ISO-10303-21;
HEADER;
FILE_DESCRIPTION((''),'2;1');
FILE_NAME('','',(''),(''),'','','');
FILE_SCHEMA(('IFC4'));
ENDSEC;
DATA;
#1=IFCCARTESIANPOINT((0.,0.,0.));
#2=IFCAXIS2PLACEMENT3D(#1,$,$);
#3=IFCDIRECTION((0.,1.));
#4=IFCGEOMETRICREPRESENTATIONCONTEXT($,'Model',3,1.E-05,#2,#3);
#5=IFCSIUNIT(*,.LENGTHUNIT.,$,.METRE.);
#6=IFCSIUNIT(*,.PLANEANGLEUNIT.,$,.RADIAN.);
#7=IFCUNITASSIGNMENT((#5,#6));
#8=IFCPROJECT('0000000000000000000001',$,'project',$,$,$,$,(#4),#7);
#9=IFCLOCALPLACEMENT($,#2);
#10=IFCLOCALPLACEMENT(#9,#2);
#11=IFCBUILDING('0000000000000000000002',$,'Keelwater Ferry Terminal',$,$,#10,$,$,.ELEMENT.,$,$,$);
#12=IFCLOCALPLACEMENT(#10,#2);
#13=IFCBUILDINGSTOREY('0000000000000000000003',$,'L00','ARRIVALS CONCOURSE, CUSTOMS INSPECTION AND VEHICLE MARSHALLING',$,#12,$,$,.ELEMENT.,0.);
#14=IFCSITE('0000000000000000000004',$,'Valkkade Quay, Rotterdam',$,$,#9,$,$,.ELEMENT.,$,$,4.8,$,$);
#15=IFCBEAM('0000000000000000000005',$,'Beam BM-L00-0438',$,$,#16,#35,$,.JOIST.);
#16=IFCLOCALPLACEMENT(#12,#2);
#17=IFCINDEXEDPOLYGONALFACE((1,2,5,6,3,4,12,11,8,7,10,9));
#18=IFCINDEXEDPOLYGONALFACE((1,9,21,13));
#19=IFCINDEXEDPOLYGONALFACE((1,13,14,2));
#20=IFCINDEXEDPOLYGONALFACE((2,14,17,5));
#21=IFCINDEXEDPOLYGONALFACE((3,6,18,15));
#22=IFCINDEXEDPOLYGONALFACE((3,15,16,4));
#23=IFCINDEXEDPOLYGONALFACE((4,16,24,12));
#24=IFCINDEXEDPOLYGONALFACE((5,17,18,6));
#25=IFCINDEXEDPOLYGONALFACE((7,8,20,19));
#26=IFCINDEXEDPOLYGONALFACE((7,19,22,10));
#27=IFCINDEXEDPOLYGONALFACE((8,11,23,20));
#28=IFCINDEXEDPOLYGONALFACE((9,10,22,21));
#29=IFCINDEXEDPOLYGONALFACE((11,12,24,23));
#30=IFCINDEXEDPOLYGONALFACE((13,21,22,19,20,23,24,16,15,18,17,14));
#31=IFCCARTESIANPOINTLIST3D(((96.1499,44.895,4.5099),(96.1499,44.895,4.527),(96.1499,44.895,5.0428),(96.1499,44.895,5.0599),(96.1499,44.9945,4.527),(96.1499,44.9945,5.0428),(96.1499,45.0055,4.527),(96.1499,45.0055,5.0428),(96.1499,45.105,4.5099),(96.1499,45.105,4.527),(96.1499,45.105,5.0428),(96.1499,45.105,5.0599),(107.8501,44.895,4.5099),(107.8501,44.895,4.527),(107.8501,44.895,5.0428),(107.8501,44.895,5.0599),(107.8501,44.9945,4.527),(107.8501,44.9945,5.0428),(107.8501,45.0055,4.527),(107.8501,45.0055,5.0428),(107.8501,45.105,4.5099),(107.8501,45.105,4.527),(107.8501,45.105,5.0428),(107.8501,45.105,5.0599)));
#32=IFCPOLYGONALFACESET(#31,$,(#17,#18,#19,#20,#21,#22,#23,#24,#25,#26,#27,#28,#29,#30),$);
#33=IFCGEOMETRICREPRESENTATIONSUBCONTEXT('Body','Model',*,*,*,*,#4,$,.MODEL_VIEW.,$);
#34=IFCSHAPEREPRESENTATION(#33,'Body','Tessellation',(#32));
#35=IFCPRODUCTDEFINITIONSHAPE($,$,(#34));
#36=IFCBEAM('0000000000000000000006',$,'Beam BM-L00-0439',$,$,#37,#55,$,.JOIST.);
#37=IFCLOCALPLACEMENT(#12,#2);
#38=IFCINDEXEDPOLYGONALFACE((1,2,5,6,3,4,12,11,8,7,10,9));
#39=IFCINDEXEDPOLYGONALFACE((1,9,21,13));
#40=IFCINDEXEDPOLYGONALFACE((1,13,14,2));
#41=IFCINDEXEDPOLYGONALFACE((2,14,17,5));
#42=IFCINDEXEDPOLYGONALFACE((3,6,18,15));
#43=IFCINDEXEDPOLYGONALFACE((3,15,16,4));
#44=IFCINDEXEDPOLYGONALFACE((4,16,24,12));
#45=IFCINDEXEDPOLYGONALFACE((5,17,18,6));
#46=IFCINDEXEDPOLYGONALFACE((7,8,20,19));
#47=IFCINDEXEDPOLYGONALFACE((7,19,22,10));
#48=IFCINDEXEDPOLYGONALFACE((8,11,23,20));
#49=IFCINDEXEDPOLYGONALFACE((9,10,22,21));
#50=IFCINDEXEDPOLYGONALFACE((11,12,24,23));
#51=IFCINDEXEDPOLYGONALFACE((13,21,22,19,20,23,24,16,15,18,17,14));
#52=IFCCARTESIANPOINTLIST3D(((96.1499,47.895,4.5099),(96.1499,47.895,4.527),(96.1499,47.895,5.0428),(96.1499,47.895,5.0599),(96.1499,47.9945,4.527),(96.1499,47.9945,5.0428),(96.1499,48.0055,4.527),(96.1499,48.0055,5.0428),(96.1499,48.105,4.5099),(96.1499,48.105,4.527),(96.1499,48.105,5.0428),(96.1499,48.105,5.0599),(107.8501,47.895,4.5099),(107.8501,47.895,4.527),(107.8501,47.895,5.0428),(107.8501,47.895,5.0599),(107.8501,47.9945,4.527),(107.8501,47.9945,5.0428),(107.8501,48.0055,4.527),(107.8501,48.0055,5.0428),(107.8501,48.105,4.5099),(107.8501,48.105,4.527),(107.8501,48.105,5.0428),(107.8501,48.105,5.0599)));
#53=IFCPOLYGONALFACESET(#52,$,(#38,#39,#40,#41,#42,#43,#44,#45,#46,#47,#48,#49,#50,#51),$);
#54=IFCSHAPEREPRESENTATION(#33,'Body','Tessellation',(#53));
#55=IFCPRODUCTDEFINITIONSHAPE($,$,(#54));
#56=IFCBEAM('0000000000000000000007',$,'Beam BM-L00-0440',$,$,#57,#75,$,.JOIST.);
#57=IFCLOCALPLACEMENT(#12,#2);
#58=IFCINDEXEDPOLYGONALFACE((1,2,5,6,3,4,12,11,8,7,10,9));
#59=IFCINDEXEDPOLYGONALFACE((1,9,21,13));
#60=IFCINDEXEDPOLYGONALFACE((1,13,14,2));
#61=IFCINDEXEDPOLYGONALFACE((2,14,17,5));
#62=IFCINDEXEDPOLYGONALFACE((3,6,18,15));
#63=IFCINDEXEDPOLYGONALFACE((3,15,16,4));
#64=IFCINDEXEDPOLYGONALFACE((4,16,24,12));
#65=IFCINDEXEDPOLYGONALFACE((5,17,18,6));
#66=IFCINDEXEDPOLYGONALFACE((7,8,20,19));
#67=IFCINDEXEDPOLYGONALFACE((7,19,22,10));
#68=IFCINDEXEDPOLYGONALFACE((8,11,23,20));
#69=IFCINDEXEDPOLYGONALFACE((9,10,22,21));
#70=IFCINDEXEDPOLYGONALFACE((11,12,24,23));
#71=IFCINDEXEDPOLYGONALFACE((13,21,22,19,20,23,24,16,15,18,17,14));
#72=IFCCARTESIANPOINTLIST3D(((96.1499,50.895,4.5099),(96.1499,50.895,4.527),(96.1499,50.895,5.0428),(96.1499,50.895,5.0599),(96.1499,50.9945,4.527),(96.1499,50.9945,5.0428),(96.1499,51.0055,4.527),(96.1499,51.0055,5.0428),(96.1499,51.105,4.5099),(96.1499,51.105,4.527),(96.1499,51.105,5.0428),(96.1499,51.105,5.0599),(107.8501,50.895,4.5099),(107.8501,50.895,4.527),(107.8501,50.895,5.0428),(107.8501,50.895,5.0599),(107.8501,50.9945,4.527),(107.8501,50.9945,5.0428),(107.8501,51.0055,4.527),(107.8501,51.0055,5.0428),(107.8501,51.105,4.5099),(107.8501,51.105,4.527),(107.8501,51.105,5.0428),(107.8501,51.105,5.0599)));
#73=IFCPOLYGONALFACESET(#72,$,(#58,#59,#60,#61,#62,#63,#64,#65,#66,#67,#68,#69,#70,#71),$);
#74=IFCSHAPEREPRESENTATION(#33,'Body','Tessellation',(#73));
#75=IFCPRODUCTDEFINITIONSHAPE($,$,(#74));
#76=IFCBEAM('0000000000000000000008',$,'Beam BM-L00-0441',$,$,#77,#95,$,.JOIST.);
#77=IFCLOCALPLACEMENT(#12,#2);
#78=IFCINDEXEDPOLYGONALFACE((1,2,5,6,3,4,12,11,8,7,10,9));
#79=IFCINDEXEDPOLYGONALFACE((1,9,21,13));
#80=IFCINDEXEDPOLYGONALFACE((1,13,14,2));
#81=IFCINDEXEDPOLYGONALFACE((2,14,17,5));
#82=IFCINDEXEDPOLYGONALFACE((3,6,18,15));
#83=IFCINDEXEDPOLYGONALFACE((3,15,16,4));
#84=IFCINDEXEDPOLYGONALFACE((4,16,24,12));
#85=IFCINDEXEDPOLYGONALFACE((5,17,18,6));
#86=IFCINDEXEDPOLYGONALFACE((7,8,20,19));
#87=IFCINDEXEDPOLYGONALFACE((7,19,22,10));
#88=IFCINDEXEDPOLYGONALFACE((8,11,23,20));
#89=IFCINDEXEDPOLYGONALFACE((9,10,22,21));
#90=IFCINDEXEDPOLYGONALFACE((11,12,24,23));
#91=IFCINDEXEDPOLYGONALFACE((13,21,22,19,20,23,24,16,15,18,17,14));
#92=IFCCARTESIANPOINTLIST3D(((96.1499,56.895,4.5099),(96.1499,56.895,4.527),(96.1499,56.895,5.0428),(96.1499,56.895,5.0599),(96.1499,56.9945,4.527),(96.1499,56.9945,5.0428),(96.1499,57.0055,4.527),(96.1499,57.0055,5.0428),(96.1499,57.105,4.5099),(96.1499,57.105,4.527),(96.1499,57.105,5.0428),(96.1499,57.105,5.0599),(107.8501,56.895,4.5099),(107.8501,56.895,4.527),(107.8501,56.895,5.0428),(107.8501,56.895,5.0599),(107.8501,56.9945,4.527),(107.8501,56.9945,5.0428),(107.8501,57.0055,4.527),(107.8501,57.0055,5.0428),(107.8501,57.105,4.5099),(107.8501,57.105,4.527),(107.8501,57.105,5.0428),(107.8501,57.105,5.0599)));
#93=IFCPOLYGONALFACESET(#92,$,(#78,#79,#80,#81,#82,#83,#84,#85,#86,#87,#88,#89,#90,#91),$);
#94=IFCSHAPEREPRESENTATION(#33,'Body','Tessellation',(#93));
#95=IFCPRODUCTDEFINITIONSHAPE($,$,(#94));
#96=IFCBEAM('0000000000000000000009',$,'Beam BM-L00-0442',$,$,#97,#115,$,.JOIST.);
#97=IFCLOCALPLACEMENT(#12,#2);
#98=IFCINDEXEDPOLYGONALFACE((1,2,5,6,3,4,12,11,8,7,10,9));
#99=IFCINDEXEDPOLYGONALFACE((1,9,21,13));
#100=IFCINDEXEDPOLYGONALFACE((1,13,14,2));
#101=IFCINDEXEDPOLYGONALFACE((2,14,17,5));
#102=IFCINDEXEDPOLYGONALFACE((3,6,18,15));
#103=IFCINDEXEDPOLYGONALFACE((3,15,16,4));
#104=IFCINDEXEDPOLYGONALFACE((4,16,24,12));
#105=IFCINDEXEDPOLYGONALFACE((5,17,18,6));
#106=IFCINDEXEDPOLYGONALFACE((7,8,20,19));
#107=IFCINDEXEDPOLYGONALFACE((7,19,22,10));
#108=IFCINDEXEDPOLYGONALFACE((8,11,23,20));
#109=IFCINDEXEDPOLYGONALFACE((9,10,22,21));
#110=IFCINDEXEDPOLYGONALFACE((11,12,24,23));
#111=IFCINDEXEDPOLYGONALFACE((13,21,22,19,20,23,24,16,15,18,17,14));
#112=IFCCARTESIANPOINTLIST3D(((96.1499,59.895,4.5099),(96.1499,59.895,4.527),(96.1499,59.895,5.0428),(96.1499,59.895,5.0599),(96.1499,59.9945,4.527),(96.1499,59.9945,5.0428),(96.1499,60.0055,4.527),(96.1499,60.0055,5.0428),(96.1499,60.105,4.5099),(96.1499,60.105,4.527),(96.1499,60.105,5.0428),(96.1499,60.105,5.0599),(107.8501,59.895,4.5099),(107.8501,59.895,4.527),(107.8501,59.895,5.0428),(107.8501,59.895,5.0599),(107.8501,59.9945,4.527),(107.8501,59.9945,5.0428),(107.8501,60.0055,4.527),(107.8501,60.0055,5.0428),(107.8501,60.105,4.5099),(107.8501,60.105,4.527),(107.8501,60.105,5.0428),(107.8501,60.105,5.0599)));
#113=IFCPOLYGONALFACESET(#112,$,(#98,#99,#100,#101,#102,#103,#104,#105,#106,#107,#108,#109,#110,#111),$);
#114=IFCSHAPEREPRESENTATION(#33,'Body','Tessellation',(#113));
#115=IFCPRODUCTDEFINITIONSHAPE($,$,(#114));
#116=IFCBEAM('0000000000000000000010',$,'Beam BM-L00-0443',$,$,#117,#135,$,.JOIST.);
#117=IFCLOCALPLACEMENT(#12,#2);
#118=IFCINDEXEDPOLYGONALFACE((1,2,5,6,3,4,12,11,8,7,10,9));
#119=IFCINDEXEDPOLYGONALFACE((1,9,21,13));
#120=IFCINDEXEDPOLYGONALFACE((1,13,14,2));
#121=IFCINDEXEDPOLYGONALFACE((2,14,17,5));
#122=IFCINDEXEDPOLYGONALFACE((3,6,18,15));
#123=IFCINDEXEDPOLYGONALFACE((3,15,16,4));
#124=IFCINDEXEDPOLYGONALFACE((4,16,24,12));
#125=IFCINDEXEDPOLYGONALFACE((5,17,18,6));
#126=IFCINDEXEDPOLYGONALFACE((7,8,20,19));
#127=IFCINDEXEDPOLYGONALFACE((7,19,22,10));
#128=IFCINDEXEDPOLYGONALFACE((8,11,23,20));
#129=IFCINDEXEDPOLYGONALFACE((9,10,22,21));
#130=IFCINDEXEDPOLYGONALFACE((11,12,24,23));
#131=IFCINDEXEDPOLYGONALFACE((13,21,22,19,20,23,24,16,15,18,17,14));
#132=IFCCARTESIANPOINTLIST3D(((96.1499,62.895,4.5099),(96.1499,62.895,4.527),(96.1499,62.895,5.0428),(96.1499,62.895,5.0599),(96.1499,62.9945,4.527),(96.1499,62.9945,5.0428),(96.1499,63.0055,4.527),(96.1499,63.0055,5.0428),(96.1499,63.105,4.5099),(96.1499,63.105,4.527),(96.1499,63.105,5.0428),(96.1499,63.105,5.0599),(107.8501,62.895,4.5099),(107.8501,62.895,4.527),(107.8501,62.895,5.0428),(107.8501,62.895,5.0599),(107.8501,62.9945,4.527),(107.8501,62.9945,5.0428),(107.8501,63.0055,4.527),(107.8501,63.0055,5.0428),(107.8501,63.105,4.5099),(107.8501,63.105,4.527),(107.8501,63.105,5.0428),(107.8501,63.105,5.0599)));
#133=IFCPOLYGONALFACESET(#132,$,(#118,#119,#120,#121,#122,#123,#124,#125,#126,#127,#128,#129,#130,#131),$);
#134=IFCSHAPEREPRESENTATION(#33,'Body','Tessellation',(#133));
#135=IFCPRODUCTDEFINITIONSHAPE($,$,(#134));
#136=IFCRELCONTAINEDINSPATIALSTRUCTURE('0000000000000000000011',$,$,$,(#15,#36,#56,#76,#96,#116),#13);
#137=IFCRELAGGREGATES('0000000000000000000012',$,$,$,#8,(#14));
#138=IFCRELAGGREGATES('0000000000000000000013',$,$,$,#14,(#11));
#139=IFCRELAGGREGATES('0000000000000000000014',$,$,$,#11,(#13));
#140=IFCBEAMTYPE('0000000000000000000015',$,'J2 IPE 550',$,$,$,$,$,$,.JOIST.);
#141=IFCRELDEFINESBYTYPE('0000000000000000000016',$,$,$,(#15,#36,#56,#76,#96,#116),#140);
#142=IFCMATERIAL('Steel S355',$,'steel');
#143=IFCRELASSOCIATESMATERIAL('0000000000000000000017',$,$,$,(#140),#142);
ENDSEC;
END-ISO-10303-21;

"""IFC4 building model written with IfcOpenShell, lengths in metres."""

from ifc_helpers import new_model, si_unit, direction, frame, origin, origin_2d, place, context, subcontext, project, spatial, i_section, extrude, material, material_profile, profile_set, type_object, element, save


model = new_model("IFC4")

# Units and contexts
model_context = context("Model", 3, precision=1e-05, world=origin(), true_north=direction((0.0, 1.0)))
body_context = subcontext(model_context, "Body", "Model", "MODEL_VIEW")
ifc_project = project(units=[si_unit("LENGTHUNIT", "METRE"), si_unit("PLANEANGLEUNIT", "RADIAN")], contexts=[model_context])

# Site, building, storey
site_placement = place(None, origin())
site = spatial("IfcSite", under=ifc_project, at=site_placement, Name="Valkkade Quay, Rotterdam", CompositionType="ELEMENT", RefElevation=4.8)
building_placement = place(site_placement, origin())
building = spatial("IfcBuilding", under=site, at=building_placement, Name="Keelwater Ferry Terminal", CompositionType="ELEMENT")
storey_placement = place(building_placement, origin())
storey = spatial("IfcBuildingStorey", under=building, at=storey_placement, Name="L00", Description="ARRIVALS CONCOURSE, CUSTOMS INSPECTION AND VEHICLE MARSHALLING", CompositionType="ELEMENT", Elevation=0.0)

# Beams
ifc_material_1 = material(Name="Steel S355", Category="steel")
ifc_material_profile_1 = material_profile(ifc_material_1, i_section(OverallWidth=0.21, OverallDepth=0.55, WebThickness=0.011, FlangeThickness=0.0171, at=origin_2d()), Name="IPE 550")
ifc_profile_set_1 = profile_set([ifc_material_profile_1], Name="Steel S355")
beam_type_1 = type_object("IfcBeamType", Name="J2 IPE 550", PredefinedType="JOIST", material=ifc_profile_set_1)
for number, where, z_axis, x_axis, name in (
    (1, (96.1499, 45.0, 4.7849), (1.0, 0.0, 0.0), (0.0, 1.0, 0.0), "Beam BM-L00-0438"),
    (2, (96.1499, 48.0, 4.7849), (1.0, 0.0, 0.0), (0.0, 1.0, 0.0), "Beam BM-L00-0439"),
    (3, (96.1499, 51.0, 4.7849), (1.0, 0.0, 0.0), (0.0, 1.0, 0.0), "Beam BM-L00-0440"),
    (4, (96.1499, 57.0, 4.7849), (1.0, 0.0, 0.0), (0.0, 1.0, 0.0), "Beam BM-L00-0441"),
    (5, (96.1499, 60.0, 4.7849), (1.0, 0.0, 0.0), (0.0, 1.0, 0.0), "Beam BM-L00-0442"),
    (6, (96.1499, 63.0, 4.7849), (1.0, 0.0, 0.0), (0.0, 1.0, 0.0), "Beam BM-L00-0443"),
):
    element("IfcBeam", number, at=place(storey_placement, frame(where, z_axis=z_axis, x_axis=x_axis)), inside=storey, type_object=beam_type_1, Name=name, PredefinedType="JOIST", context=body_context, shape_type="SweptSolid", body=[
        extrude(i_section(OverallWidth=0.21, OverallDepth=0.55, WebThickness=0.011, FlangeThickness=0.0171, at=origin_2d()), origin(), (0.0, 0.0, 1.0), 11.7002),
    ])

save(model, "model.ifc")
